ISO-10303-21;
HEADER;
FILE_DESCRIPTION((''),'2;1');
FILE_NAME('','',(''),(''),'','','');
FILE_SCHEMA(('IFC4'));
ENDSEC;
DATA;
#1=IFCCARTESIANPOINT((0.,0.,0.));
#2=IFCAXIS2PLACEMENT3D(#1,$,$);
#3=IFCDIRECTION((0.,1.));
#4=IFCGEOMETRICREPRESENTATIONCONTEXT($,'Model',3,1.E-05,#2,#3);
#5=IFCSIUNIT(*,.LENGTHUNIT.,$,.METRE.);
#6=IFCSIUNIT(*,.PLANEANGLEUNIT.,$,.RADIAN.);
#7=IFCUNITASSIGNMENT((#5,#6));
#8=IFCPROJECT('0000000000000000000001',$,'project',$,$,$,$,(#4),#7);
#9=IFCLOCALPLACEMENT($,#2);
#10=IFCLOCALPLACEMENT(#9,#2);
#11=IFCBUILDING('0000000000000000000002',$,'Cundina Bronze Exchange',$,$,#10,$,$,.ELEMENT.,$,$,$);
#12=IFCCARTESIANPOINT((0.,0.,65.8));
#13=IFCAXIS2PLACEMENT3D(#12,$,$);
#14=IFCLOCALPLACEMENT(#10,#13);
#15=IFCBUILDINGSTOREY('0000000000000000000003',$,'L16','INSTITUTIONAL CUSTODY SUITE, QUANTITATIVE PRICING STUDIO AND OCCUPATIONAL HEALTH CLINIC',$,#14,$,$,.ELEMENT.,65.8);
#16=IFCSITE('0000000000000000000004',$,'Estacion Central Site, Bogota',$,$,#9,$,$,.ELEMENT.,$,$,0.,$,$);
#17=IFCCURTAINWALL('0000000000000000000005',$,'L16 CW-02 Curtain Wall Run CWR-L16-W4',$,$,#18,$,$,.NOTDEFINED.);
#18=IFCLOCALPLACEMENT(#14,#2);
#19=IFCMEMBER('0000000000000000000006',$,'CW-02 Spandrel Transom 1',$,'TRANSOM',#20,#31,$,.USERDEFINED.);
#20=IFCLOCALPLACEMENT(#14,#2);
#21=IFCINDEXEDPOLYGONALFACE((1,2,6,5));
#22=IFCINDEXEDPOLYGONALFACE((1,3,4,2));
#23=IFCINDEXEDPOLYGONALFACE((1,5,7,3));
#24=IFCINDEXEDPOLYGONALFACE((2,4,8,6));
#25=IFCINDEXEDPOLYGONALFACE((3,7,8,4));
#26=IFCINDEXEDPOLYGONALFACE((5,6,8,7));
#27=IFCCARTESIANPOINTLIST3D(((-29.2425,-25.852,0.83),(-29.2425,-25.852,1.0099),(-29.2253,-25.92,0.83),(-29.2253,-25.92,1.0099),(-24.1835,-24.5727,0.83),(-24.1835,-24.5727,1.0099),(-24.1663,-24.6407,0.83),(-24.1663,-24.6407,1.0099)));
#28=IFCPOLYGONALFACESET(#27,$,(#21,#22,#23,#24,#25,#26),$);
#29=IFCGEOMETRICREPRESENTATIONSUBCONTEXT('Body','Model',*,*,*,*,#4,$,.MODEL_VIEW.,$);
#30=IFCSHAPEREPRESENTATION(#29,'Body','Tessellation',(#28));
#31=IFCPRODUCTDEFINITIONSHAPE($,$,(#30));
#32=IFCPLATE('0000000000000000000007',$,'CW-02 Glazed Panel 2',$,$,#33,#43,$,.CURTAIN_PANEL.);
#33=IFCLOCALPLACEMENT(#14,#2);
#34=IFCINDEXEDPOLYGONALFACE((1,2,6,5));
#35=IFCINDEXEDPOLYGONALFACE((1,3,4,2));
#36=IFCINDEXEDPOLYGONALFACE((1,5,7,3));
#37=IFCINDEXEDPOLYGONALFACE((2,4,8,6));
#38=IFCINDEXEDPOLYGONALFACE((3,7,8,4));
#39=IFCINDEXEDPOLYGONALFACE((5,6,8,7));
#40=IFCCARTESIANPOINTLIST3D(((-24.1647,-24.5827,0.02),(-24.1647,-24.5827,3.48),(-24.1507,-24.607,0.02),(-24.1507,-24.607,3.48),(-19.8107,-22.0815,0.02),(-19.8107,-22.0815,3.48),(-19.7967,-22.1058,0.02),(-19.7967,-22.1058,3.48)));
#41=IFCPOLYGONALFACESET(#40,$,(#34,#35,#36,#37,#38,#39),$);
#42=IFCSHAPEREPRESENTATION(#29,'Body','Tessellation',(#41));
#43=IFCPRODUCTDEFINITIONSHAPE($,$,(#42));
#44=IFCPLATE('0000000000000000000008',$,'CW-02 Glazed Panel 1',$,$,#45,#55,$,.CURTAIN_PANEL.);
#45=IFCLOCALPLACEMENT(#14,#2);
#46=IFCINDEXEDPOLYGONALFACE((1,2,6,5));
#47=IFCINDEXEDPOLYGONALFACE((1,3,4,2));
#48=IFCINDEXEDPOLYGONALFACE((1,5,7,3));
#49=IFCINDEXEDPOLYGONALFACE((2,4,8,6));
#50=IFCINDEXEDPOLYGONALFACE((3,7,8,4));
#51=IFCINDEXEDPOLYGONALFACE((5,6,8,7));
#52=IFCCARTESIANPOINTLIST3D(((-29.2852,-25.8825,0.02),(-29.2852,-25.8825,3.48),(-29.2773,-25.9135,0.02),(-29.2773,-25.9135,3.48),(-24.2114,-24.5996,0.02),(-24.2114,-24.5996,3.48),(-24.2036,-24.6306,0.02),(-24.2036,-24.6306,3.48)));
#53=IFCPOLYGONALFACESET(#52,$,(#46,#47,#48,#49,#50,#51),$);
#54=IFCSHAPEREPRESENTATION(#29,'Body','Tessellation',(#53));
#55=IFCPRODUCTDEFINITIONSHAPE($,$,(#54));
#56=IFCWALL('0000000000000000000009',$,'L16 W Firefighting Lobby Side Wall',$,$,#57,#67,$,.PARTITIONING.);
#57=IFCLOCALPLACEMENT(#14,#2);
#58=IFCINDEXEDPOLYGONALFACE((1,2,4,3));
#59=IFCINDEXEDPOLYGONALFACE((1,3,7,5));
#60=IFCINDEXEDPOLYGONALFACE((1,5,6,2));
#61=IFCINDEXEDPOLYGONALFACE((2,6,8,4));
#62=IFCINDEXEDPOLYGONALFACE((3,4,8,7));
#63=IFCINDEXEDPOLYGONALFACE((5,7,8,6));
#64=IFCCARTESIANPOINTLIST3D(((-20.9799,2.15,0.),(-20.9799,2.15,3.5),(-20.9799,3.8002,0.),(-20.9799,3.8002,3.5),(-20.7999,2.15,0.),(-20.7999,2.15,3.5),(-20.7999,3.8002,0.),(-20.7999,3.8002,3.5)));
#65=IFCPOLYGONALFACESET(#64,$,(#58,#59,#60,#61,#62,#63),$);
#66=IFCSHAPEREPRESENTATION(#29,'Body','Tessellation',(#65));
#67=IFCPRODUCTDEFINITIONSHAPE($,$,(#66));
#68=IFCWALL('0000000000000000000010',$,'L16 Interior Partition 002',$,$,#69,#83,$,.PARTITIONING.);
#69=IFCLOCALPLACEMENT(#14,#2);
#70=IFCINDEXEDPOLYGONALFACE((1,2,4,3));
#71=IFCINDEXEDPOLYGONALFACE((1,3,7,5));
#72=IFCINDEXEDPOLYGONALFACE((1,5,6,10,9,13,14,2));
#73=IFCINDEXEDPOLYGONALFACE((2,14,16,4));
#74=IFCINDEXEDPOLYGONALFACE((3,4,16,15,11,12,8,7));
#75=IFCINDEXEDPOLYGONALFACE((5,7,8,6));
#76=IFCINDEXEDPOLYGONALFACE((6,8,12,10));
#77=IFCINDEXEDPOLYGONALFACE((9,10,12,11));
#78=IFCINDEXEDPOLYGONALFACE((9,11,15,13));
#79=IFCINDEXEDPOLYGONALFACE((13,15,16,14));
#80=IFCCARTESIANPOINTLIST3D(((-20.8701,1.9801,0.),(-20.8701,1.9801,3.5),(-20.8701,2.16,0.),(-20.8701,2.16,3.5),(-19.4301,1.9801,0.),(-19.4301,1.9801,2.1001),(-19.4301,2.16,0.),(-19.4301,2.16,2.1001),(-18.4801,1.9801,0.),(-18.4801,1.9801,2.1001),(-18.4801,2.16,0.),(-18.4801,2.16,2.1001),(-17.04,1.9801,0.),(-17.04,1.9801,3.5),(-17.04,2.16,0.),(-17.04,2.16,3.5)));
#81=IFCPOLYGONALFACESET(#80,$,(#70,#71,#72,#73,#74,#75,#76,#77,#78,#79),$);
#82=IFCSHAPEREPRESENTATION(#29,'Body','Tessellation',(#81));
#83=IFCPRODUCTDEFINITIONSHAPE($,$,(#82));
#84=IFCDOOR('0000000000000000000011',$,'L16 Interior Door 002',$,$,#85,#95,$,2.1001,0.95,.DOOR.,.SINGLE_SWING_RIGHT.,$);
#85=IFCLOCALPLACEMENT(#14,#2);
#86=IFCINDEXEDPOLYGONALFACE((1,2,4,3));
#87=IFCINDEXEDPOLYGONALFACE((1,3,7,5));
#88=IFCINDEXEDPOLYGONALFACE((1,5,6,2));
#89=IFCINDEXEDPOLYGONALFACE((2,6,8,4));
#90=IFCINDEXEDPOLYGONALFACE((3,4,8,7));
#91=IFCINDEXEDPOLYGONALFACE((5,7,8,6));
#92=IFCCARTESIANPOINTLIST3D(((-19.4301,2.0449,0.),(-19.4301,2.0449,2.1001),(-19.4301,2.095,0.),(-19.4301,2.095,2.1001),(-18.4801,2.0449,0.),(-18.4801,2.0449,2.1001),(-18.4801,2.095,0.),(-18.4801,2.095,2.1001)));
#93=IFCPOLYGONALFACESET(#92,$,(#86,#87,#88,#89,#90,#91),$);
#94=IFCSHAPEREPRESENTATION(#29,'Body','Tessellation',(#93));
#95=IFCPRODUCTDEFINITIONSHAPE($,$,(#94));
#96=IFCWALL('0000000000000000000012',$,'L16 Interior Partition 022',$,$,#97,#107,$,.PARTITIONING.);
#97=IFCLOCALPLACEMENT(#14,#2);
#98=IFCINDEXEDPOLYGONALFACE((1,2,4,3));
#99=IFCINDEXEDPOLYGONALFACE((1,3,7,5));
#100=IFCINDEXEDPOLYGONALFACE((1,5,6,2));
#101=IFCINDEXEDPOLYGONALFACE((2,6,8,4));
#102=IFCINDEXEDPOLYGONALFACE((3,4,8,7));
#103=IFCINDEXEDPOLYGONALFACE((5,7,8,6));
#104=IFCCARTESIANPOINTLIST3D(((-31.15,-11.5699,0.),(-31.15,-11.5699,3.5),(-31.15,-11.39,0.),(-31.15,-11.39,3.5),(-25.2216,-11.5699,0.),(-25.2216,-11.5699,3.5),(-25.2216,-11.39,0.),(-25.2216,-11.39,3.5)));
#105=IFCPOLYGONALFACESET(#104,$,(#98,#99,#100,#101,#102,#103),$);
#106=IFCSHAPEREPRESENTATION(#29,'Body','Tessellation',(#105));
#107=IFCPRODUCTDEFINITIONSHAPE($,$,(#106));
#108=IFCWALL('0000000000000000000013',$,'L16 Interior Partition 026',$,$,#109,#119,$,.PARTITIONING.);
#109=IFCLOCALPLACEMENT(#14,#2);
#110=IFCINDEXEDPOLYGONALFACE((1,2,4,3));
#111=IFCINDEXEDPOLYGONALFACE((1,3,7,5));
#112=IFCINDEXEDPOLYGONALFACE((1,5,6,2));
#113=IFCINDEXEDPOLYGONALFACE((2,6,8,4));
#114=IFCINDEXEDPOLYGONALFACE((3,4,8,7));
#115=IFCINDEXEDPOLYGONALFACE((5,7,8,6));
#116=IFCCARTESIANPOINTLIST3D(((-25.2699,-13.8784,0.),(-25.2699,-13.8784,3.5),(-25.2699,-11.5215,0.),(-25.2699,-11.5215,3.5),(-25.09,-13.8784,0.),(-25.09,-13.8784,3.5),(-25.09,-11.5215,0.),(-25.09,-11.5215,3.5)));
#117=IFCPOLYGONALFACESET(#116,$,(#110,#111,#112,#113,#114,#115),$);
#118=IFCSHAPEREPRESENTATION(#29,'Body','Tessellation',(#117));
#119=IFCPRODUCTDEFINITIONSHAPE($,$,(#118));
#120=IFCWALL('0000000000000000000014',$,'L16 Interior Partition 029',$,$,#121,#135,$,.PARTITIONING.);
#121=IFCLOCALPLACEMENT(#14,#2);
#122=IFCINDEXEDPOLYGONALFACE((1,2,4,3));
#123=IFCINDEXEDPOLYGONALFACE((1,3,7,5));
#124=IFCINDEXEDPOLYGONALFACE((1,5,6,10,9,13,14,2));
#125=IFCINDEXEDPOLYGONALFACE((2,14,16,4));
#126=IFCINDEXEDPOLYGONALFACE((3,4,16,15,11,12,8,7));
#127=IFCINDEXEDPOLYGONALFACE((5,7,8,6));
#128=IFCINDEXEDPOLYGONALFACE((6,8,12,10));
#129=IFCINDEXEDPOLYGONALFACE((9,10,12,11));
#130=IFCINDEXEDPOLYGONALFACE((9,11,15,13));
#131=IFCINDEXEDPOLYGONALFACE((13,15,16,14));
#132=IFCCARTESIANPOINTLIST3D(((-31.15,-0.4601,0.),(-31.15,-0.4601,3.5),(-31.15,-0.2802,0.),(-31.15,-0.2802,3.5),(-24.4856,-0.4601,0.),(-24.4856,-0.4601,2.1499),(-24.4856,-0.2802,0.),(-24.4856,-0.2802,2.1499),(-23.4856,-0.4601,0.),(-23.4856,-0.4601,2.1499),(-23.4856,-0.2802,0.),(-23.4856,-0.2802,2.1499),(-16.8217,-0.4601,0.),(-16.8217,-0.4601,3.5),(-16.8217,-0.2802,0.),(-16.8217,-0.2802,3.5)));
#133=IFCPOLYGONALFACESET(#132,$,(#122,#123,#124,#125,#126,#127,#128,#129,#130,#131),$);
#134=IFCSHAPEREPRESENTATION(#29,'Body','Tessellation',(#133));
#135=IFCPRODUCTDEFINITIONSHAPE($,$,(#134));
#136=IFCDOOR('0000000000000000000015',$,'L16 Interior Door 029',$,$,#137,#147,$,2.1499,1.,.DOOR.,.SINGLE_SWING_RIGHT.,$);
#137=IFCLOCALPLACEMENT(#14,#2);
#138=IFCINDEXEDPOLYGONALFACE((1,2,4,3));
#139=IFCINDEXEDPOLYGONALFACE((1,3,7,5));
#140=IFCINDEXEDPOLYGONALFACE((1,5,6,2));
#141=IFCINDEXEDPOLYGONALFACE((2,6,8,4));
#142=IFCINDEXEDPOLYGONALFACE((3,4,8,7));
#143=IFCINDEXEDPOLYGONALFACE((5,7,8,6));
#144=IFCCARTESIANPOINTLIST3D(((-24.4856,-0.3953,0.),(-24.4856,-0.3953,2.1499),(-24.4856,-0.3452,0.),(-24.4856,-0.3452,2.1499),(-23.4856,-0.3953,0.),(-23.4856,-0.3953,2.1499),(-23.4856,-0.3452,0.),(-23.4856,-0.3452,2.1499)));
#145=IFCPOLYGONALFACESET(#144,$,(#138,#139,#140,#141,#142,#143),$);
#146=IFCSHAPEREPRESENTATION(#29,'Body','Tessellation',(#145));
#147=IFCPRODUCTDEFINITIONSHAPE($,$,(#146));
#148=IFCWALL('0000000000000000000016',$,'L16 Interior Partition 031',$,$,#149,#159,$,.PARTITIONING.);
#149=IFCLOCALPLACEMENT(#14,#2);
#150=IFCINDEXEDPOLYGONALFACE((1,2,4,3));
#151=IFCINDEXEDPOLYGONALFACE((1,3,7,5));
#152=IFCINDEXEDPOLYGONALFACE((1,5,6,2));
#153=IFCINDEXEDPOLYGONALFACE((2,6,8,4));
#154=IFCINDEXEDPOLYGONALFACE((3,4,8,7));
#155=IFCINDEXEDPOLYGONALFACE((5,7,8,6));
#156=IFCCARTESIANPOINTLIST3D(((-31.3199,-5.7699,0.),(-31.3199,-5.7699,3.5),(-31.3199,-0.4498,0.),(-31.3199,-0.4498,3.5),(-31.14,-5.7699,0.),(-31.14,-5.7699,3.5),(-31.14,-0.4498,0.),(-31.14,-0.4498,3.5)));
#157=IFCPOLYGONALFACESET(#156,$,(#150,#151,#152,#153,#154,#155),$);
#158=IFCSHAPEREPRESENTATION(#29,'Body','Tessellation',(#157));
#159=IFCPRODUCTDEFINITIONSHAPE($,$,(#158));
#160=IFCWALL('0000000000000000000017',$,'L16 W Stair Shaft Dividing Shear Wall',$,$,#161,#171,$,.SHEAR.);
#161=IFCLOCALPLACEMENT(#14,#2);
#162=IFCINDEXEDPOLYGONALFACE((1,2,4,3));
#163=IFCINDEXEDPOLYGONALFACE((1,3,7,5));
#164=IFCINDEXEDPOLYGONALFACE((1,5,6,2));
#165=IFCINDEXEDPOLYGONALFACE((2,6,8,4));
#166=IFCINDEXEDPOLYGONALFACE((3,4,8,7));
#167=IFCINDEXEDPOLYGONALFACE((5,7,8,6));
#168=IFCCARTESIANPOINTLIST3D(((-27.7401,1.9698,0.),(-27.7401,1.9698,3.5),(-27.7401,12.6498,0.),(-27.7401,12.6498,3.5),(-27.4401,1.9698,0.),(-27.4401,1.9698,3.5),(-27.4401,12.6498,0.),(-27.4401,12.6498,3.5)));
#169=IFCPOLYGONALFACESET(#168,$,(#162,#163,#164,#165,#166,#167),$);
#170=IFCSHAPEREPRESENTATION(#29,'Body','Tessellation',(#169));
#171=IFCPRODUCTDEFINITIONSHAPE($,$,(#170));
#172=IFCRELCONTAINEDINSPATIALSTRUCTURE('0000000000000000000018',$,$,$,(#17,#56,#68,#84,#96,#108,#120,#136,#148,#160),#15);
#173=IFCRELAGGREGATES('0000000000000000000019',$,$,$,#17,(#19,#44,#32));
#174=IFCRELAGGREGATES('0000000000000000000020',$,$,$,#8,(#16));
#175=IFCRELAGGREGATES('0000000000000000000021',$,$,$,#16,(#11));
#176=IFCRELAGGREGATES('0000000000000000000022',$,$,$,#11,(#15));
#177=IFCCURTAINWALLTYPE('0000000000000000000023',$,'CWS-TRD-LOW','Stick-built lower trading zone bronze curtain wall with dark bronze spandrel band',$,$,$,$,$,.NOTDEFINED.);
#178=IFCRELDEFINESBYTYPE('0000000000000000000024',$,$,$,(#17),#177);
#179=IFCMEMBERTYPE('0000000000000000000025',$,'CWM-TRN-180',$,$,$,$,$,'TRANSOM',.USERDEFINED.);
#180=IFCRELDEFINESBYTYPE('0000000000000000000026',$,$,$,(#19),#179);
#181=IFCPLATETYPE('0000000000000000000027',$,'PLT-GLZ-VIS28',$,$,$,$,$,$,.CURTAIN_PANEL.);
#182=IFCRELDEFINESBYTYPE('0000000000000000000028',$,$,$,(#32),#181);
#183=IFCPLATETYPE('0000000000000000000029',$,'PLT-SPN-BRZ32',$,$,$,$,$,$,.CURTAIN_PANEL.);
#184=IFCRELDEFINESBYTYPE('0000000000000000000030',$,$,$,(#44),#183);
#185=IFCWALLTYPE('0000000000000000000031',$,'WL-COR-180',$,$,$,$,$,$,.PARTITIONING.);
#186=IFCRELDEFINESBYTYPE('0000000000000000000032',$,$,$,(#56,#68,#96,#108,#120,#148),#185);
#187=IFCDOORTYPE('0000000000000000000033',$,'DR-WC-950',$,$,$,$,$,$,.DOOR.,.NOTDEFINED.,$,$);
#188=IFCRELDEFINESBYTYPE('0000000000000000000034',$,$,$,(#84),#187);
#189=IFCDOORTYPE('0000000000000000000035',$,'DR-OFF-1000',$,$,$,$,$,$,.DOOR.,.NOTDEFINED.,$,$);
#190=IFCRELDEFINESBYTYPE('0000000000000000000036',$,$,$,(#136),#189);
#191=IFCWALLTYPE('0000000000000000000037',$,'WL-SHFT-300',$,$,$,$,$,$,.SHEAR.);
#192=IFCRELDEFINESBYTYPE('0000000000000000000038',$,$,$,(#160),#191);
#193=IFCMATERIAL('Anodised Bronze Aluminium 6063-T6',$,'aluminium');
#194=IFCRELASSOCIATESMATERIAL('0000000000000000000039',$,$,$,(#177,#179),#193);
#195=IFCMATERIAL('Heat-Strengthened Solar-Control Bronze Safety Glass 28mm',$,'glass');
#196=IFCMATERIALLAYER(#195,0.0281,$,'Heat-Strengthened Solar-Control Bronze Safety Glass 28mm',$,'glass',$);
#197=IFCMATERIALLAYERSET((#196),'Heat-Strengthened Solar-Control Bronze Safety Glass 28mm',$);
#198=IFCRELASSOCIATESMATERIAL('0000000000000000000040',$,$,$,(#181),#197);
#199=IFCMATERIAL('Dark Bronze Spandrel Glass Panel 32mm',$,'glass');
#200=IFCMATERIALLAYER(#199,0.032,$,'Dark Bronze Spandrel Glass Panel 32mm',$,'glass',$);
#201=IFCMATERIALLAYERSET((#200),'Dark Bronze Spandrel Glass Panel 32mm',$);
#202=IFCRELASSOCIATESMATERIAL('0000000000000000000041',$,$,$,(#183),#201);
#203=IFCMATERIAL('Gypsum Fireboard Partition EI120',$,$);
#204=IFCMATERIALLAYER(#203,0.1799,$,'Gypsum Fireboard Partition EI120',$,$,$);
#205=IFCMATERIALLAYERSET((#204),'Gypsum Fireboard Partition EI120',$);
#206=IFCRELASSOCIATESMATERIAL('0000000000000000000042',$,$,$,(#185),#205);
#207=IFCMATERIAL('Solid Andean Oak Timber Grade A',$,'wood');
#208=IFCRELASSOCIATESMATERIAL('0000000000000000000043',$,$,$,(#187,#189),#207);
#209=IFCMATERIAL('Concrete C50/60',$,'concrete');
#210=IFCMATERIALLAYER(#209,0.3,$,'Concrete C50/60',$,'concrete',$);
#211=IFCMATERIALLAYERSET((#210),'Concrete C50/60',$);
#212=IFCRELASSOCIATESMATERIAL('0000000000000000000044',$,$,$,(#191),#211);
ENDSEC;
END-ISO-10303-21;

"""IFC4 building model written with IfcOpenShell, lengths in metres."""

from ifc_helpers import new_model, si_unit, direction, frame, frame_2d, origin, origin_2d, place, context, subcontext, project, spatial, rectangle, extrude, material, layer, layer_set, material_profile, profile_set, type_object, element, fill, aggregate, save


model = new_model("IFC4")

# Units and contexts
model_context = context("Model", 3, precision=1e-05, world=origin(), true_north=direction((0.0, 1.0)))
body_context = subcontext(model_context, "Body", "Model", "MODEL_VIEW")
ifc_project = project(units=[si_unit("LENGTHUNIT", "METRE"), si_unit("PLANEANGLEUNIT", "RADIAN")], contexts=[model_context])

# Site, building, storey
site_placement = place(None, origin())
site = spatial("IfcSite", under=ifc_project, at=site_placement, Name="Estacion Central Site, Bogota", CompositionType="ELEMENT", RefElevation=0.0)
building_placement = place(site_placement, origin())
building = spatial("IfcBuilding", under=site, at=building_placement, Name="Cundina Bronze Exchange", CompositionType="ELEMENT")
storey_placement = place(building_placement, frame((0.0, 0.0, 65.8)))
storey = spatial("IfcBuildingStorey", under=building, at=storey_placement, Name="L16", Description="INSTITUTIONAL CUSTODY SUITE, QUANTITATIVE PRICING STUDIO AND OCCUPATIONAL HEALTH CLINIC", CompositionType="ELEMENT", Elevation=65.8)

# Shared definitions
ifc_material_1 = material(Name="Anodised Bronze Aluminium 6063-T6", Category="aluminium")
curtain_wall_type = type_object("IfcCurtainWallType", Name="CWS-TRD-LOW", Description="Stick-built lower trading zone bronze curtain wall with dark bronze spandrel band", PredefinedType="NOTDEFINED", material=ifc_material_1)

# Curtain wall, member, plates
curtain_wall_1_placement = place(storey_placement, origin())
curtain_wall_1 = element("IfcCurtainWall", 1, at=curtain_wall_1_placement, inside=storey, type_object=curtain_wall_type, Name="L16 CW-02 Curtain Wall Run CWR-L16-W4", PredefinedType="NOTDEFINED")
ifc_material_profile_1 = material_profile(ifc_material_1, rectangle(XDim=0.0701, YDim=0.1799, at=origin_2d()), Name="AL70X180", Category="aluminium")
ifc_profile_set_1 = profile_set([ifc_material_profile_1], Name="Anodised Bronze Aluminium 6063-T6")
member_type_1 = type_object("IfcMemberType", Name="CWM-TRN-180", ElementType="TRANSOM", PredefinedType="USERDEFINED", material=ifc_profile_set_1)
member_1_placement = place(storey_placement, frame((-29.2339, -25.886, 0.9199), z_axis=(0.969484, 0.245155, 0.0), x_axis=(-0.245155, 0.969484, 0.0)))
member_1 = element("IfcMember", 2, at=member_1_placement, type_object=member_type_1, Name="CW-02 Spandrel Transom 1", ObjectType="TRANSOM", PredefinedType="USERDEFINED", context=body_context, shape_type="SweptSolid", body=[
    extrude(rectangle(XDim=0.0701, YDim=0.1799, at=origin_2d()), origin(), (0.0, 0.0, 1.0), 5.2183),
])
ifc_material_2 = material(Name="Heat-Strengthened Solar-Control Bronze Safety Glass 28mm", Category="glass")
ifc_layer_1 = layer(ifc_material_2, 0.0281, Name="Heat-Strengthened Solar-Control Bronze Safety Glass 28mm", Category="glass")
ifc_layer_set_1 = layer_set([ifc_layer_1], Name="Heat-Strengthened Solar-Control Bronze Safety Glass 28mm")
plate_type_1 = type_object("IfcPlateType", Name="PLT-GLZ-VIS28", PredefinedType="CURTAIN_PANEL", material=ifc_layer_set_1)
plate_1_placement = place(storey_placement, frame((-21.9807, -23.3442, 0.02), z_axis=(0.0, 0.0, 1.0), x_axis=(0.867105, 0.498125, 0.0)))
plate_1 = element("IfcPlate", 3, at=plate_1_placement, type_object=plate_type_1, Name="CW-02 Glazed Panel 2", PredefinedType="CURTAIN_PANEL", context=body_context, shape_type="SweptSolid", body=[
    extrude(rectangle(XDim=5.0212, YDim=0.0281, at=origin_2d()), origin(), (0.0, 0.0, 1.0), 3.46),
])
ifc_material_3 = material(Name="Dark Bronze Spandrel Glass Panel 32mm", Category="glass")
ifc_layer_2 = layer(ifc_material_3, 0.032, Name="Dark Bronze Spandrel Glass Panel 32mm", Category="glass")
ifc_layer_set_2 = layer_set([ifc_layer_2], Name="Dark Bronze Spandrel Glass Panel 32mm")
plate_type_2 = type_object("IfcPlateType", Name="PLT-SPN-BRZ32", PredefinedType="CURTAIN_PANEL", material=ifc_layer_set_2)
plate_2_placement = place(storey_placement, frame((-26.7444, -25.2566, 0.02), z_axis=(0.0, 0.0, 1.0), x_axis=(0.969488, 0.245138, 0.0)))
plate_2 = element("IfcPlate", 4, at=plate_2_placement, type_object=plate_type_2, Name="CW-02 Glazed Panel 1", PredefinedType="CURTAIN_PANEL", context=body_context, shape_type="SweptSolid", body=[
    extrude(rectangle(XDim=5.2334, YDim=0.032, at=origin_2d()), origin(), (0.0, 0.0, 1.0), 3.46),
])
aggregate(curtain_wall_1, [member_1, plate_2, plate_1])

# Wall
ifc_material_4 = material(Name="Gypsum Fireboard Partition EI120")
ifc_layer_3 = layer(ifc_material_4, 0.1799, Name="Gypsum Fireboard Partition EI120")
ifc_layer_set_3 = layer_set([ifc_layer_3], Name="Gypsum Fireboard Partition EI120")
wall_type_1 = type_object("IfcWallType", Name="WL-COR-180", PredefinedType="PARTITIONING", material=ifc_layer_set_3)
wall_1_placement = place(storey_placement, frame((-20.8899, 2.1499, 0.0), z_axis=(0.0, 0.0, 1.0), x_axis=(0.0, 1.0, 0.0)))
element("IfcWall", 5, at=wall_1_placement, inside=storey, type_object=wall_type_1, Name="L16 W Firefighting Lobby Side Wall", PredefinedType="PARTITIONING", context=body_context, shape_type="SweptSolid", body=[
    extrude(rectangle(XDim=1.6501, YDim=0.1799, at=frame_2d((0.8252, 0.0))), origin(), (0.0, 0.0, 1.0), 3.5),
])

# Wall, opening, door
wall_2_placement = place(storey_placement, frame((-20.8701, 2.0701, 0.0), z_axis=(0.0, 0.0, 1.0), x_axis=(1.0, 0.0, 0.0)))
wall_2 = element("IfcWall", 6, at=wall_2_placement, inside=storey, type_object=wall_type_1, Name="L16 Interior Partition 002", PredefinedType="PARTITIONING", context=body_context, shape_type="SweptSolid", body=[
    extrude(rectangle(XDim=3.8301, YDim=0.1799, at=frame_2d((1.915, 0.0))), origin(), (0.0, 0.0, 1.0), 3.5),
])
opening_1_placement = place(wall_2_placement, frame((1.4399, 0.0, 0.0)))
opening_1 = element("IfcOpeningElement", 7, at=opening_1_placement, cuts=wall_2, PredefinedType="OPENING", context=body_context, shape_type="SweptSolid", body=[
    extrude(rectangle(XDim=0.95, YDim=2.1001, at=frame_2d((0.4751, 1.05))), frame((0.0, 0.0999, 0.0), z_axis=(0.0, -1.0, 0.0), x_axis=(1.0, 0.0, 0.0)), (0.0, 0.0, 1.0), 0.2),
])
ifc_material_5 = material(Name="Solid Andean Oak Timber Grade A", Category="wood")
door_type_1 = type_object("IfcDoorType", Name="DR-WC-950", OperationType="NOTDEFINED", PredefinedType="DOOR", material=ifc_material_5)
door_1_placement = place(opening_1_placement, origin())
door_1 = element("IfcDoor", 8, at=door_1_placement, inside=storey, type_object=door_type_1, Name="L16 Interior Door 002", OperationType="SINGLE_SWING_RIGHT", OverallHeight=2.1001, OverallWidth=0.95, PredefinedType="DOOR", context=body_context, shape_type="SweptSolid", body=[
    extrude(rectangle(XDim=0.95, YDim=2.1001, at=frame_2d((0.4751, 1.05))), frame((0.0, 0.0249, 0.0), z_axis=(0.0, -1.0, 0.0), x_axis=(1.0, 0.0, 0.0)), (0.0, 0.0, 1.0), 0.05),
])
fill(opening_1, door_1)

# Walls
wall_3_placement = place(storey_placement, frame((-25.2214, -11.48, 0.0), z_axis=(0.0, 0.0, 1.0), x_axis=(-1.0, 0.0, 0.0)))
element("IfcWall", 9, at=wall_3_placement, inside=storey, type_object=wall_type_1, Name="L16 Interior Partition 022", PredefinedType="PARTITIONING", context=body_context, shape_type="SweptSolid", body=[
    extrude(rectangle(XDim=5.9285, YDim=0.1799, at=frame_2d((2.9644, 0.0))), origin(), (0.0, 0.0, 1.0), 3.5),
])
wall_4_placement = place(storey_placement, frame((-25.1799, -13.8784, 0.0), z_axis=(0.0, 0.0, 1.0), x_axis=(0.0, 1.0, 0.0)))
element("IfcWall", 10, at=wall_4_placement, inside=storey, type_object=wall_type_1, Name="L16 Interior Partition 026", PredefinedType="PARTITIONING", context=body_context, shape_type="SweptSolid", body=[
    extrude(rectangle(XDim=2.3569, YDim=0.1799, at=frame_2d((1.1785, 0.0))), origin(), (0.0, 0.0, 1.0), 3.5),
])

# Wall, opening, door
wall_5_placement = place(storey_placement, frame((-31.1499, -0.3701, 0.0), z_axis=(0.0, 0.0, 1.0), x_axis=(1.0, 0.0, 0.0)))
wall_5 = element("IfcWall", 11, at=wall_5_placement, inside=storey, type_object=wall_type_1, Name="L16 Interior Partition 029", PredefinedType="PARTITIONING", context=body_context, shape_type="SweptSolid", body=[
    extrude(rectangle(XDim=14.3284, YDim=0.1799, at=frame_2d((7.1641, 0.0))), origin(), (0.0, 0.0, 1.0), 3.5),
])
opening_2_placement = place(wall_5_placement, frame((6.6643, 0.0, 0.0)))
opening_2 = element("IfcOpeningElement", 12, at=opening_2_placement, cuts=wall_5, PredefinedType="OPENING", context=body_context, shape_type="SweptSolid", body=[
    extrude(rectangle(XDim=1.0, YDim=2.1499, at=frame_2d((0.5, 1.075))), frame((0.0, 0.0999, 0.0), z_axis=(0.0, -1.0, 0.0), x_axis=(1.0, 0.0, 0.0)), (0.0, 0.0, 1.0), 0.2),
])
door_type_2 = type_object("IfcDoorType", Name="DR-OFF-1000", OperationType="NOTDEFINED", PredefinedType="DOOR", material=ifc_material_5)
door_2_placement = place(opening_2_placement, origin())
door_2 = element("IfcDoor", 13, at=door_2_placement, inside=storey, type_object=door_type_2, Name="L16 Interior Door 029", OperationType="SINGLE_SWING_RIGHT", OverallHeight=2.1499, OverallWidth=1.0, PredefinedType="DOOR", context=body_context, shape_type="SweptSolid", body=[
    extrude(rectangle(XDim=1.0, YDim=2.1499, at=frame_2d((0.5, 1.075))), frame((0.0, 0.0249, 0.0), z_axis=(0.0, -1.0, 0.0), x_axis=(1.0, 0.0, 0.0)), (0.0, 0.0, 1.0), 0.05),
])
fill(opening_2, door_2)

# Walls
wall_6_placement = place(storey_placement, frame((-31.23, -5.77, 0.0), z_axis=(0.0, 0.0, 1.0), x_axis=(0.0, 1.0, 0.0)))
element("IfcWall", 14, at=wall_6_placement, inside=storey, type_object=wall_type_1, Name="L16 Interior Partition 031", PredefinedType="PARTITIONING", context=body_context, shape_type="SweptSolid", body=[
    extrude(rectangle(XDim=5.3201, YDim=0.1799, at=frame_2d((2.6602, 0.0))), origin(), (0.0, 0.0, 1.0), 3.5),
])
ifc_material_6 = material(Name="Concrete C50/60", Category="concrete")
ifc_layer_4 = layer(ifc_material_6, 0.3, Name="Concrete C50/60", Category="concrete")
ifc_layer_set_4 = layer_set([ifc_layer_4], Name="Concrete C50/60")
wall_type_2 = type_object("IfcWallType", Name="WL-SHFT-300", PredefinedType="SHEAR", material=ifc_layer_set_4)
for number, where, z_axis, x_axis, name in (
    (15, (-27.5901, 1.97, 0.0), (0.0, 0.0, 1.0), (0.0, 1.0, 0.0), "L16 W Stair Shaft Dividing Shear Wall"),
):
    element("IfcWall", number, at=place(storey_placement, frame(where, z_axis=z_axis, x_axis=x_axis)), inside=storey, type_object=wall_type_2, Name=name, PredefinedType="SHEAR", context=body_context, shape_type="SweptSolid", body=[
        extrude(rectangle(XDim=10.6799, YDim=0.3, at=frame_2d((5.3398, 0.0))), origin(), (0.0, 0.0, 1.0), 3.5),
    ])

save(model, "model.ifc")
